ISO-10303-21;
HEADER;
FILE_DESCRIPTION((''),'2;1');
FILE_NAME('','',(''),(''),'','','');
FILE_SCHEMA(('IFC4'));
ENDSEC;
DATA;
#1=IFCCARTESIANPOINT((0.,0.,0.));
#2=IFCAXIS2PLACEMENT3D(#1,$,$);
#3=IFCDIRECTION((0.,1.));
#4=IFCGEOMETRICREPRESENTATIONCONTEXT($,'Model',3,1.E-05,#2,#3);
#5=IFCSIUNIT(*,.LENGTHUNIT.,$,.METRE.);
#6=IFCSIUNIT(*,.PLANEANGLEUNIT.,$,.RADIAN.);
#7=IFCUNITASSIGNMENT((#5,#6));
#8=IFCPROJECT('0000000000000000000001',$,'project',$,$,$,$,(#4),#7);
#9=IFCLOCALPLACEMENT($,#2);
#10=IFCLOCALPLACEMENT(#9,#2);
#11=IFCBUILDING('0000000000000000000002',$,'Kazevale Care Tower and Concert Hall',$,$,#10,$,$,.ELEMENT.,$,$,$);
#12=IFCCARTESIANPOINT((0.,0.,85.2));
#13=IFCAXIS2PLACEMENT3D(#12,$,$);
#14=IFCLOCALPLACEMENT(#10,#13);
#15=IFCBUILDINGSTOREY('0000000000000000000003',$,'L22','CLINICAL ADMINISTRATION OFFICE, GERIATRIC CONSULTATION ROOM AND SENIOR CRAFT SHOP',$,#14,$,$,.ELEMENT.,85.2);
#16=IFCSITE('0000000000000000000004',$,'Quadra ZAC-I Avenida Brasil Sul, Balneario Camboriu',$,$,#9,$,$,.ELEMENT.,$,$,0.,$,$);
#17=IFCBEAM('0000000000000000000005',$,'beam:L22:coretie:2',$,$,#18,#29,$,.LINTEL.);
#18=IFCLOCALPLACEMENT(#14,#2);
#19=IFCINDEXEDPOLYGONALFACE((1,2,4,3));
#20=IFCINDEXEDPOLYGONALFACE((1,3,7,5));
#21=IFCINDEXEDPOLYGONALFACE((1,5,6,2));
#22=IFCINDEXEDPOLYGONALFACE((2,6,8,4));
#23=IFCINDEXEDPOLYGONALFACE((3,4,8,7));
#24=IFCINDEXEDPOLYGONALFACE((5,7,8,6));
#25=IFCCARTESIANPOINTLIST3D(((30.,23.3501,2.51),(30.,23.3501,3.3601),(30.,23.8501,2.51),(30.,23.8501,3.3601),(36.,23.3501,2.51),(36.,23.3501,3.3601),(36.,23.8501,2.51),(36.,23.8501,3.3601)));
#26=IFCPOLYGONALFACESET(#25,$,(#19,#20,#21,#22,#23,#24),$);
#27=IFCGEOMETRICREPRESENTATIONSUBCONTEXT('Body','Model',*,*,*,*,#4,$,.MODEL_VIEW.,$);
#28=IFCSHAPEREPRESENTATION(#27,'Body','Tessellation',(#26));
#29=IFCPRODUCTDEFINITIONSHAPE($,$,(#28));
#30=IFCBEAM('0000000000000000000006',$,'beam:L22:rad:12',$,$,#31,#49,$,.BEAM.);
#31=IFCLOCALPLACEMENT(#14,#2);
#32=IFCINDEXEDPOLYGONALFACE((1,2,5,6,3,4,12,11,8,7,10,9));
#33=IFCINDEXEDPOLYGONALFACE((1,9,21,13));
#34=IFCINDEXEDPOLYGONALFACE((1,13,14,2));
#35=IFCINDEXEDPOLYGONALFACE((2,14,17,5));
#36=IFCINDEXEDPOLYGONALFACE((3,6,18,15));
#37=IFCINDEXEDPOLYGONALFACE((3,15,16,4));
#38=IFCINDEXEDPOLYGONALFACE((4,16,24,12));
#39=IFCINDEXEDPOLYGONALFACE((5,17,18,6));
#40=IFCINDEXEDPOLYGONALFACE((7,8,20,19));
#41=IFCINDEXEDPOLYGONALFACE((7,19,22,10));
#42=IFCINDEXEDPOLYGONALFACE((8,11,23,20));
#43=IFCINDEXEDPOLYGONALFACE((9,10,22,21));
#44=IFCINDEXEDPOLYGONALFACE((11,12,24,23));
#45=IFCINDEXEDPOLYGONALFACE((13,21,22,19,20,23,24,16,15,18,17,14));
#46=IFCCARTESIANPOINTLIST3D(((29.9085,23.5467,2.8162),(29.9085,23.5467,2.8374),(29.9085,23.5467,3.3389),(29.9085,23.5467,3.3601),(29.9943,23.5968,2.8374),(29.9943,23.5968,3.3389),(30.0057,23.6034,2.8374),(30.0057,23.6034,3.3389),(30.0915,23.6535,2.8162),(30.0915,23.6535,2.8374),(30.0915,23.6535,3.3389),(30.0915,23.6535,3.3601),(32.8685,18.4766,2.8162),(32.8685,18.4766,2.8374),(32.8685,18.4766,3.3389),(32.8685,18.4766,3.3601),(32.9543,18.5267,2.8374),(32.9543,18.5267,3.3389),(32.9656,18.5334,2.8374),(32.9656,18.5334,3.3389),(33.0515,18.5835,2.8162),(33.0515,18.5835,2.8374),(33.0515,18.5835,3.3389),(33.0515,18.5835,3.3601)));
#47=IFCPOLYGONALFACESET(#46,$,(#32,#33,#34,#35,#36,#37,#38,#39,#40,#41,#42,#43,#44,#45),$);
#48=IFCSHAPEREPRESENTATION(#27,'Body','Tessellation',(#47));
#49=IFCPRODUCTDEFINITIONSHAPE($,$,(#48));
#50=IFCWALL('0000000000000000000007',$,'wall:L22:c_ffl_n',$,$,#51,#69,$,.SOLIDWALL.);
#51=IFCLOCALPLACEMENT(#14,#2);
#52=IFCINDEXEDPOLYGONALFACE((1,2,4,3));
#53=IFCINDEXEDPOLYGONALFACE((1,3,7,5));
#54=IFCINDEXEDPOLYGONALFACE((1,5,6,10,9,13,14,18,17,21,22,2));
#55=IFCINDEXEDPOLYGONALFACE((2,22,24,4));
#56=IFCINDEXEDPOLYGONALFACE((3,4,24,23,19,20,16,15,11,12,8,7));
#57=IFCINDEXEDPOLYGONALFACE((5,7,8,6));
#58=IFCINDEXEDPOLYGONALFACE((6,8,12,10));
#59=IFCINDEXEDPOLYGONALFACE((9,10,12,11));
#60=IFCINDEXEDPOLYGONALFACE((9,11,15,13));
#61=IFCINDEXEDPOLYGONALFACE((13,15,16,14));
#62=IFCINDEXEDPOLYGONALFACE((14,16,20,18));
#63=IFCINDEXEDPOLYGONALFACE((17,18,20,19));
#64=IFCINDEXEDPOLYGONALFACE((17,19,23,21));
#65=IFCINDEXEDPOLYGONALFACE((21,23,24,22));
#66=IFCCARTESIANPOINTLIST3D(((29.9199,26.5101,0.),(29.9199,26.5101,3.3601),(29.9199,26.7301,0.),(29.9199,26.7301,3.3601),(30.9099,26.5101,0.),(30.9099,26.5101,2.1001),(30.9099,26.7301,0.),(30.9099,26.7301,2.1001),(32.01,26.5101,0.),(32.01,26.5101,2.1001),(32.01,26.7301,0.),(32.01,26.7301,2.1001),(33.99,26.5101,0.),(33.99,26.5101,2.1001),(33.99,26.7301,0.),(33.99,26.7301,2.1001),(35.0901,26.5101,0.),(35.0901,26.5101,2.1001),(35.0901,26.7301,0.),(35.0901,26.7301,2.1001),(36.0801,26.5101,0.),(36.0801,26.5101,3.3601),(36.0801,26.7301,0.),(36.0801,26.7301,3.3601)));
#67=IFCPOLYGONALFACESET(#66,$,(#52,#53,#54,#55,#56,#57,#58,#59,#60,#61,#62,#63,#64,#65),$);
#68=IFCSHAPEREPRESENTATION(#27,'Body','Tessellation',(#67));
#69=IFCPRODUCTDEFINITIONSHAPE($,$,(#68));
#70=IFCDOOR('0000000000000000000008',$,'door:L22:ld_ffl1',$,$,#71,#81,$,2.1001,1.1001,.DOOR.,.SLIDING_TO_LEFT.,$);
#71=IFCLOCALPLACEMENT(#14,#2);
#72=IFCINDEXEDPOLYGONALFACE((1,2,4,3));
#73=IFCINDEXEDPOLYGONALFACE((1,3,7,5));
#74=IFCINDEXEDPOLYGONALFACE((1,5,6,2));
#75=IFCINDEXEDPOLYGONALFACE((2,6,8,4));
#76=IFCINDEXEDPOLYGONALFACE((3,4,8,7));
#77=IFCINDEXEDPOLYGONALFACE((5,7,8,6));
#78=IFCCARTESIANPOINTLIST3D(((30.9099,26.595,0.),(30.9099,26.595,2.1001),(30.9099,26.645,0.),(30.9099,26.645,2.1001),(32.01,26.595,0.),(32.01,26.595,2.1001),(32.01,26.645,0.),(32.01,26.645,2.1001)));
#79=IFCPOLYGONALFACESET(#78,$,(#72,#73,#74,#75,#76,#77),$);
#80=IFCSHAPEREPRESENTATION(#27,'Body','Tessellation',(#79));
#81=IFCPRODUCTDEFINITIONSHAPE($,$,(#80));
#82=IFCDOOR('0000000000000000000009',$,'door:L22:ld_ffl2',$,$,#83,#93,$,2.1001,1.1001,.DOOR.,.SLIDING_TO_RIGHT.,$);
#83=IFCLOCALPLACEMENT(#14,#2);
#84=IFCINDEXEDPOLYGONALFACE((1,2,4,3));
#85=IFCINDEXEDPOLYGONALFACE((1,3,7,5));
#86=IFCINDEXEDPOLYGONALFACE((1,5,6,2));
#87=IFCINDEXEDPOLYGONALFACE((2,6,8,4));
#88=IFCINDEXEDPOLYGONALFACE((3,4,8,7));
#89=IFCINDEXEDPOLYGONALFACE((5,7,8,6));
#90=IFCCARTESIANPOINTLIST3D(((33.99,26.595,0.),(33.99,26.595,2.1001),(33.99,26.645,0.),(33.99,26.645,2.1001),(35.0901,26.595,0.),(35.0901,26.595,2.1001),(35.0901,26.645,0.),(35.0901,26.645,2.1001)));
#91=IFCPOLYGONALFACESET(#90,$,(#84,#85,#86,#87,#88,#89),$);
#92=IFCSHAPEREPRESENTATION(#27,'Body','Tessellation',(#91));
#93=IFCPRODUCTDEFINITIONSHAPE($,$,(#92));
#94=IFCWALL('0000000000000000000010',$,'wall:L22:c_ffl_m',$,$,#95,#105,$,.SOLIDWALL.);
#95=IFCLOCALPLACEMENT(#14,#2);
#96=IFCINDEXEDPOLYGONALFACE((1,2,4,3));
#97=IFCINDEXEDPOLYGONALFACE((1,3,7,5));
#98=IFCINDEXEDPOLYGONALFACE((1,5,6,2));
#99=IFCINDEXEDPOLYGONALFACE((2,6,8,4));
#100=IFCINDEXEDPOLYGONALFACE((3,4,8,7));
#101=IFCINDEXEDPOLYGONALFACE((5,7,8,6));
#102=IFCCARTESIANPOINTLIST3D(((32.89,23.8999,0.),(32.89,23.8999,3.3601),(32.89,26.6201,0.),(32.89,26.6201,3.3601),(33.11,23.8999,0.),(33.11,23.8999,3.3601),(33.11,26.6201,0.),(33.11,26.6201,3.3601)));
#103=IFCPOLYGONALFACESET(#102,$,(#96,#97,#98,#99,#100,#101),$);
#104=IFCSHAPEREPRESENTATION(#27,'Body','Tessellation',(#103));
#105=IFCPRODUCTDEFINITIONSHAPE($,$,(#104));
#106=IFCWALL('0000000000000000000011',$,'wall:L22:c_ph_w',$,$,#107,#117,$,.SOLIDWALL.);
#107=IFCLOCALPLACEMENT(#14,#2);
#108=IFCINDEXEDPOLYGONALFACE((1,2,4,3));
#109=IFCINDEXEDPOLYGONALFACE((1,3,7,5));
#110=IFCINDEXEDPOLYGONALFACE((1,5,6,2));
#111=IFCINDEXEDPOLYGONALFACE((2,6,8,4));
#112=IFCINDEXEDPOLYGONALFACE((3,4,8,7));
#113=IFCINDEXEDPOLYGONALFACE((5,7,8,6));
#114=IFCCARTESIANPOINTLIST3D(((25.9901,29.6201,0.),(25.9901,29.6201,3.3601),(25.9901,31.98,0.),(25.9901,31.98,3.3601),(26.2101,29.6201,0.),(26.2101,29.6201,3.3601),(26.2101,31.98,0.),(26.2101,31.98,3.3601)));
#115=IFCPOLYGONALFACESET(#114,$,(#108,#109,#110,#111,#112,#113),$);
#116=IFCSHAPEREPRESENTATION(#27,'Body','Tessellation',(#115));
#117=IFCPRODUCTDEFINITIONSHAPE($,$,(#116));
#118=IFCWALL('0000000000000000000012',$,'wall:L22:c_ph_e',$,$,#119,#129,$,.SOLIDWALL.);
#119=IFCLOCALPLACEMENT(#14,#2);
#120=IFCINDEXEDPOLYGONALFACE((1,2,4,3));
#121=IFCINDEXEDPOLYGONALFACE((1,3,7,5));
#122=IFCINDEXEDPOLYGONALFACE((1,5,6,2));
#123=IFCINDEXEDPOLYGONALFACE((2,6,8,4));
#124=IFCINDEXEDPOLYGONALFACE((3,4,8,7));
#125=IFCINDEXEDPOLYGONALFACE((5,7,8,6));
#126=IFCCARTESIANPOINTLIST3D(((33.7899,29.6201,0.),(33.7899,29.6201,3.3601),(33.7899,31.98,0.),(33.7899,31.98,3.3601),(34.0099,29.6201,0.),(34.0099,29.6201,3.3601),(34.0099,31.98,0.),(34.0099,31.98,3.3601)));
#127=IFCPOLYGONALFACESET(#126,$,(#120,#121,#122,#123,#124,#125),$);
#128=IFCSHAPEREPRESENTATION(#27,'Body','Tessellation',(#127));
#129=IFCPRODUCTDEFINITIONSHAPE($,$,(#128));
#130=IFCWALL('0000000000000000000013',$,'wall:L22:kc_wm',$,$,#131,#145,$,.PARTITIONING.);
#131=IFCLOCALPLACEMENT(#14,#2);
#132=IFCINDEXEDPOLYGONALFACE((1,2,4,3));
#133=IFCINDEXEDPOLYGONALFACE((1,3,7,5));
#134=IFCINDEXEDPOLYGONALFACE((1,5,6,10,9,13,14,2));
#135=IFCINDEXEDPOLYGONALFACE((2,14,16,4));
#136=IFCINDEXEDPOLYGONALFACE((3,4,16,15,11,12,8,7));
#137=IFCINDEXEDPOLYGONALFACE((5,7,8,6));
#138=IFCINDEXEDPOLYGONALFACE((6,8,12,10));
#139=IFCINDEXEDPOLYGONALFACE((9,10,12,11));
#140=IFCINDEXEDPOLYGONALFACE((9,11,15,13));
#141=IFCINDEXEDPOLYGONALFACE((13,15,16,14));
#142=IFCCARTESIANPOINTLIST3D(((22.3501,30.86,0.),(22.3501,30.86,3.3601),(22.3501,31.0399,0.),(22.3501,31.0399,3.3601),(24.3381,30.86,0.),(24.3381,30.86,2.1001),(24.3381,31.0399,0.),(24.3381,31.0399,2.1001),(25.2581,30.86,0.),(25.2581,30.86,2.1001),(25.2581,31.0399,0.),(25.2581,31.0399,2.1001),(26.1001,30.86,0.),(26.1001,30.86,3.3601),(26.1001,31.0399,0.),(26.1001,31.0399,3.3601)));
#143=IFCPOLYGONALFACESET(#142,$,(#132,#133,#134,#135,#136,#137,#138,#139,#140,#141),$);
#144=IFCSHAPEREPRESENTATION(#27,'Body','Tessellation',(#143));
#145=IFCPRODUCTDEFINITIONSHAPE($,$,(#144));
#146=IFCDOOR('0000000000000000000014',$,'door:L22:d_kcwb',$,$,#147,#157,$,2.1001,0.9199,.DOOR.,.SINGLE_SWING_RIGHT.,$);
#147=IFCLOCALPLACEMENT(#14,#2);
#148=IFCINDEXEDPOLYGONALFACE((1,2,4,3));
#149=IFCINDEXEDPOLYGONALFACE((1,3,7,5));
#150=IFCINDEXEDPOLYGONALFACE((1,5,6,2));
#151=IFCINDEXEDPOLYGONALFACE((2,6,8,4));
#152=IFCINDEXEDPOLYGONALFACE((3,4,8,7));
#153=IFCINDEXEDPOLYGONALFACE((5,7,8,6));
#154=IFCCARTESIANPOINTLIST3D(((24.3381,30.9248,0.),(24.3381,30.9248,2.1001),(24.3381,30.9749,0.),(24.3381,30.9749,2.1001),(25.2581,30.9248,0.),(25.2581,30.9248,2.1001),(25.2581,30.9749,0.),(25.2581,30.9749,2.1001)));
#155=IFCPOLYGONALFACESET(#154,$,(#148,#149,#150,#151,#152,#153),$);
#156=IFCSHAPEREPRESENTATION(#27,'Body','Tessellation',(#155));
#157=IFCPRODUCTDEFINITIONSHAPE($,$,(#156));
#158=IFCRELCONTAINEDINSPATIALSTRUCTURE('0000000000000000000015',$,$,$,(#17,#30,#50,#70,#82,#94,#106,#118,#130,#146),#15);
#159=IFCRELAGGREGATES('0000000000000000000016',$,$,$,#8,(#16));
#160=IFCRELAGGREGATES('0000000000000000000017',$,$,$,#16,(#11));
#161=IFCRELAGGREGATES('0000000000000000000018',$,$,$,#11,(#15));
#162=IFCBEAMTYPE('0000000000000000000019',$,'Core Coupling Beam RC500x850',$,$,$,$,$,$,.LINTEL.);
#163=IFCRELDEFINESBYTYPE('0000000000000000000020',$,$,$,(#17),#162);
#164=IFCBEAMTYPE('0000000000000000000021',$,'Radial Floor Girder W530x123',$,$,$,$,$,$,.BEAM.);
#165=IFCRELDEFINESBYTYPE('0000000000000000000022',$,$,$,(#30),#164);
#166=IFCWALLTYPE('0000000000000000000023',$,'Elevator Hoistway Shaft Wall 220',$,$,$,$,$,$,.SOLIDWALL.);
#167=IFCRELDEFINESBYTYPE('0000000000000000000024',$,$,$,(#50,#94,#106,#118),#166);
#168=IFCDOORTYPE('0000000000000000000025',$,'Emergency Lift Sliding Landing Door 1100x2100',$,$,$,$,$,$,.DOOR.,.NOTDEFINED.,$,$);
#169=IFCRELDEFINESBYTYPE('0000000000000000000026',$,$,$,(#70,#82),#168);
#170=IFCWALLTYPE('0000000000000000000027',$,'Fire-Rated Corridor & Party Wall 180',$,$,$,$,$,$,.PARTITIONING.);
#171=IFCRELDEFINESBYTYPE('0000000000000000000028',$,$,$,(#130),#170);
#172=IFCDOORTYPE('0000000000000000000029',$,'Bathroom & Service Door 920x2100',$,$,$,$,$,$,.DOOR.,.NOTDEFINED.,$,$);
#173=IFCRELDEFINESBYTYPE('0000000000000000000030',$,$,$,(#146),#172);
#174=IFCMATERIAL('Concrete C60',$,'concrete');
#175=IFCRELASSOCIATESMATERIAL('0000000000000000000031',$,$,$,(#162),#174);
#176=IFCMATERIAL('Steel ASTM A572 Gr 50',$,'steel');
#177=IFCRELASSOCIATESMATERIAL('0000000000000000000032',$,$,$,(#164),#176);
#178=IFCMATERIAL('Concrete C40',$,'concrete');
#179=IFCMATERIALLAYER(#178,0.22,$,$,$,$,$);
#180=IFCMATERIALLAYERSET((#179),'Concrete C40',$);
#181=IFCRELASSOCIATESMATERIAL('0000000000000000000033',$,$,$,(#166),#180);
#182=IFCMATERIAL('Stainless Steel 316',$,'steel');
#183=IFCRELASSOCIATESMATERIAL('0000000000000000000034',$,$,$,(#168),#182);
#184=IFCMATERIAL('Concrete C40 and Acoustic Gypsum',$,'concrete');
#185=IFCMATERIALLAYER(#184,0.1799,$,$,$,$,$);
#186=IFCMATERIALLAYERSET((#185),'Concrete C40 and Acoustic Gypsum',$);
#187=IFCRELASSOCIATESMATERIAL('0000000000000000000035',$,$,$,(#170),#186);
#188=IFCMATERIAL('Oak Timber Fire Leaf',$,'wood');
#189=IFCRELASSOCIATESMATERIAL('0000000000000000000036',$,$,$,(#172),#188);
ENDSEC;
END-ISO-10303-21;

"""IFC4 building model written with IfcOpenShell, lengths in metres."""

from ifc_helpers import new_model, si_unit, direction, frame, frame_2d, origin, origin_2d, place, context, subcontext, project, spatial, rectangle, i_section, extrude, material, layer, layer_set, material_profile, profile_set, type_object, element, fill, save


model = new_model("IFC4")

# Units and contexts
model_context = context("Model", 3, precision=1e-05, world=origin(), true_north=direction((0.0, 1.0)))
body_context = subcontext(model_context, "Body", "Model", "MODEL_VIEW")
ifc_project = project(units=[si_unit("LENGTHUNIT", "METRE"), si_unit("PLANEANGLEUNIT", "RADIAN")], contexts=[model_context])

# Site, building, storey
site_placement = place(None, origin())
site = spatial("IfcSite", under=ifc_project, at=site_placement, Name="Quadra ZAC-I Avenida Brasil Sul, Balneario Camboriu", CompositionType="ELEMENT", RefElevation=0.0)
building_placement = place(site_placement, origin())
building = spatial("IfcBuilding", under=site, at=building_placement, Name="Kazevale Care Tower and Concert Hall", CompositionType="ELEMENT")
storey_placement = place(building_placement, frame((0.0, 0.0, 85.2)))
storey = spatial("IfcBuildingStorey", under=building, at=storey_placement, Name="L22", Description="CLINICAL ADMINISTRATION OFFICE, GERIATRIC CONSULTATION ROOM AND SENIOR CRAFT SHOP", CompositionType="ELEMENT", Elevation=85.2)

# Beams
ifc_material_1 = material(Name="Concrete C60", Category="concrete")
ifc_material_profile_1 = material_profile(ifc_material_1, rectangle(XDim=0.5, YDim=0.8501, at=origin_2d()), Name="RC-B500x850")
ifc_profile_set_1 = profile_set([ifc_material_profile_1], Name="Concrete C60")
beam_type_1 = type_object("IfcBeamType", Name="Core Coupling Beam RC500x850", PredefinedType="LINTEL", material=ifc_profile_set_1)
beam_1_placement = place(storey_placement, frame((30.0, 23.6001, 2.9351), z_axis=(1.0, 0.0, 0.0), x_axis=(0.0, 1.0, 0.0)))
element("IfcBeam", 1, at=beam_1_placement, inside=storey, type_object=beam_type_1, Name="beam:L22:coretie:2", PredefinedType="LINTEL", context=body_context, shape_type="SweptSolid", body=[
    extrude(rectangle(XDim=0.5, YDim=0.8501, at=origin_2d()), origin(), (0.0, 0.0, 1.0), 6.0),
])
ifc_material_2 = material(Name="Steel ASTM A572 Gr 50", Category="steel")
ifc_material_profile_2 = material_profile(ifc_material_2, i_section(OverallWidth=0.2119, OverallDepth=0.5439, WebThickness=0.0132, FlangeThickness=0.0212, at=origin_2d()), Name="W530x123")
ifc_profile_set_2 = profile_set([ifc_material_profile_2], Name="Steel ASTM A572 Gr 50")
beam_type_2 = type_object("IfcBeamType", Name="Radial Floor Girder W530x123", PredefinedType="BEAM", material=ifc_profile_set_2)
beam_2_placement = place(storey_placement, frame((30.0, 23.6001, 3.0881), z_axis=(0.504179, -0.863599, 0.0), x_axis=(0.863599, 0.504179, 0.0)))
element("IfcBeam", 2, at=beam_2_placement, inside=storey, type_object=beam_type_2, Name="beam:L22:rad:12", PredefinedType="BEAM", context=body_context, shape_type="SweptSolid", body=[
    extrude(i_section(OverallWidth=0.2119, OverallDepth=0.5439, WebThickness=0.0132, FlangeThickness=0.0212, at=origin_2d()), origin(), (0.0, 0.0, 1.0), 5.8708),
])

# Wall, openings, doors
ifc_material_3 = material(Name="Concrete C40", Category="concrete")
ifc_layer_1 = layer(ifc_material_3, 0.22)
ifc_layer_set_1 = layer_set([ifc_layer_1], Name="Concrete C40")
wall_type_1 = type_object("IfcWallType", Name="Elevator Hoistway Shaft Wall 220", PredefinedType="SOLIDWALL", material=ifc_layer_set_1)
wall_1_placement = place(storey_placement, frame((29.9199, 26.6201, 0.0), z_axis=(0.0, 0.0, 1.0), x_axis=(1.0, 0.0, 0.0)))
wall_1 = element("IfcWall", 3, at=wall_1_placement, inside=storey, type_object=wall_type_1, Name="wall:L22:c_ffl_n", PredefinedType="SOLIDWALL", context=body_context, shape_type="SweptSolid", body=[
    extrude(rectangle(XDim=6.1602, YDim=0.22, at=frame_2d((3.0801, 0.0))), origin(), (0.0, 0.0, 1.0), 3.3601),
])
opening_1_placement = place(wall_1_placement, frame((0.99, 0.0, 0.0)))
opening_1 = element("IfcOpeningElement", 4, at=opening_1_placement, cuts=wall_1, PredefinedType="OPENING", context=body_context, shape_type="SweptSolid", body=[
    extrude(rectangle(XDim=1.1001, YDim=2.1001, at=frame_2d((0.55, 1.05))), frame((0.0, 0.1199, 0.0), z_axis=(0.0, -1.0, 0.0), x_axis=(1.0, 0.0, 0.0)), (0.0, 0.0, 1.0), 0.24),
])
opening_2_placement = place(wall_1_placement, frame((4.0701, 0.0, 0.0)))
opening_2 = element("IfcOpeningElement", 5, at=opening_2_placement, cuts=wall_1, PredefinedType="OPENING", context=body_context, shape_type="SweptSolid", body=[
    extrude(rectangle(XDim=1.1001, YDim=2.1001, at=frame_2d((0.55, 1.05))), frame((0.0, 0.1199, 0.0), z_axis=(0.0, -1.0, 0.0), x_axis=(1.0, 0.0, 0.0)), (0.0, 0.0, 1.0), 0.24),
])
ifc_material_4 = material(Name="Stainless Steel 316", Category="steel")
door_type_1 = type_object("IfcDoorType", Name="Emergency Lift Sliding Landing Door 1100x2100", OperationType="NOTDEFINED", PredefinedType="DOOR", material=ifc_material_4)
door_1_placement = place(opening_1_placement, origin())
door_1 = element("IfcDoor", 6, at=door_1_placement, inside=storey, type_object=door_type_1, Name="door:L22:ld_ffl1", OperationType="SLIDING_TO_LEFT", OverallHeight=2.1001, OverallWidth=1.1001, PredefinedType="DOOR", context=body_context, shape_type="SweptSolid", body=[
    extrude(rectangle(XDim=1.1001, YDim=2.1001, at=frame_2d((0.55, 1.05))), frame((0.0, 0.0249, 0.0), z_axis=(0.0, -1.0, 0.0), x_axis=(1.0, 0.0, 0.0)), (0.0, 0.0, 1.0), 0.05),
])
fill(opening_1, door_1)
door_2_placement = place(opening_2_placement, origin())
door_2 = element("IfcDoor", 7, at=door_2_placement, inside=storey, type_object=door_type_1, Name="door:L22:ld_ffl2", OperationType="SLIDING_TO_RIGHT", OverallHeight=2.1001, OverallWidth=1.1001, PredefinedType="DOOR", context=body_context, shape_type="SweptSolid", body=[
    extrude(rectangle(XDim=1.1001, YDim=2.1001, at=frame_2d((0.55, 1.05))), frame((0.0, 0.0249, 0.0), z_axis=(0.0, -1.0, 0.0), x_axis=(1.0, 0.0, 0.0)), (0.0, 0.0, 1.0), 0.05),
])
fill(opening_2, door_2)

# Walls
wall_2_placement = place(storey_placement, frame((33.0, 23.8999, 0.0), z_axis=(0.0, 0.0, 1.0), x_axis=(0.0, 1.0, 0.0)))
element("IfcWall", 8, at=wall_2_placement, inside=storey, type_object=wall_type_1, Name="wall:L22:c_ffl_m", PredefinedType="SOLIDWALL", context=body_context, shape_type="SweptSolid", body=[
    extrude(rectangle(XDim=2.7202, YDim=0.22, at=frame_2d((1.3601, 0.0))), origin(), (0.0, 0.0, 1.0), 3.3601),
])
for number, where, z_axis, x_axis, name in (
    (9, (26.1001, 29.6201, 0.0), (0.0, 0.0, 1.0), (0.0, 1.0, 0.0), "wall:L22:c_ph_w"),
    (10, (33.8999, 29.6201, 0.0), (0.0, 0.0, 1.0), (0.0, 1.0, 0.0), "wall:L22:c_ph_e"),
):
    element("IfcWall", number, at=place(storey_placement, frame(where, z_axis=z_axis, x_axis=x_axis)), inside=storey, type_object=wall_type_1, Name=name, PredefinedType="SOLIDWALL", context=body_context, shape_type="SweptSolid", body=[
        extrude(rectangle(XDim=2.3599, YDim=0.22, at=frame_2d((1.1799, 0.0))), origin(), (0.0, 0.0, 1.0), 3.3601),
    ])

# Wall, opening, door
ifc_material_5 = material(Name="Concrete C40 and Acoustic Gypsum", Category="concrete")
ifc_layer_2 = layer(ifc_material_5, 0.1799)
ifc_layer_set_2 = layer_set([ifc_layer_2], Name="Concrete C40 and Acoustic Gypsum")
wall_type_2 = type_object("IfcWallType", Name="Fire-Rated Corridor & Party Wall 180", PredefinedType="PARTITIONING", material=ifc_layer_set_2)
wall_3_placement = place(storey_placement, frame((22.3501, 30.95, 0.0), z_axis=(0.0, 0.0, 1.0), x_axis=(1.0, 0.0, 0.0)))
wall_3 = element("IfcWall", 11, at=wall_3_placement, inside=storey, type_object=wall_type_2, Name="wall:L22:kc_wm", PredefinedType="PARTITIONING", context=body_context, shape_type="SweptSolid", body=[
    extrude(rectangle(XDim=3.75, YDim=0.1799, at=frame_2d((1.875, 0.0))), origin(), (0.0, 0.0, 1.0), 3.3601),
])
opening_3_placement = place(wall_3_placement, frame((1.988, 0.0, 0.0)))
opening_3 = element("IfcOpeningElement", 12, at=opening_3_placement, cuts=wall_3, PredefinedType="OPENING", context=body_context, shape_type="SweptSolid", body=[
    extrude(rectangle(XDim=0.9199, YDim=2.1001, at=frame_2d((0.46, 1.05))), frame((0.0, 0.0999, 0.0), z_axis=(0.0, -1.0, 0.0), x_axis=(1.0, 0.0, 0.0)), (0.0, 0.0, 1.0), 0.2),
])
ifc_material_6 = material(Name="Oak Timber Fire Leaf", Category="wood")
door_type_2 = type_object("IfcDoorType", Name="Bathroom & Service Door 920x2100", OperationType="NOTDEFINED", PredefinedType="DOOR", material=ifc_material_6)
door_3_placement = place(opening_3_placement, origin())
door_3 = element("IfcDoor", 13, at=door_3_placement, inside=storey, type_object=door_type_2, Name="door:L22:d_kcwb", OperationType="SINGLE_SWING_RIGHT", OverallHeight=2.1001, OverallWidth=0.9199, PredefinedType="DOOR", context=body_context, shape_type="SweptSolid", body=[
    extrude(rectangle(XDim=0.9199, YDim=2.1001, at=frame_2d((0.46, 1.05))), frame((0.0, 0.0249, 0.0), z_axis=(0.0, -1.0, 0.0), x_axis=(1.0, 0.0, 0.0)), (0.0, 0.0, 1.0), 0.05),
])
fill(opening_3, door_3)

save(model, "model.ifc")
